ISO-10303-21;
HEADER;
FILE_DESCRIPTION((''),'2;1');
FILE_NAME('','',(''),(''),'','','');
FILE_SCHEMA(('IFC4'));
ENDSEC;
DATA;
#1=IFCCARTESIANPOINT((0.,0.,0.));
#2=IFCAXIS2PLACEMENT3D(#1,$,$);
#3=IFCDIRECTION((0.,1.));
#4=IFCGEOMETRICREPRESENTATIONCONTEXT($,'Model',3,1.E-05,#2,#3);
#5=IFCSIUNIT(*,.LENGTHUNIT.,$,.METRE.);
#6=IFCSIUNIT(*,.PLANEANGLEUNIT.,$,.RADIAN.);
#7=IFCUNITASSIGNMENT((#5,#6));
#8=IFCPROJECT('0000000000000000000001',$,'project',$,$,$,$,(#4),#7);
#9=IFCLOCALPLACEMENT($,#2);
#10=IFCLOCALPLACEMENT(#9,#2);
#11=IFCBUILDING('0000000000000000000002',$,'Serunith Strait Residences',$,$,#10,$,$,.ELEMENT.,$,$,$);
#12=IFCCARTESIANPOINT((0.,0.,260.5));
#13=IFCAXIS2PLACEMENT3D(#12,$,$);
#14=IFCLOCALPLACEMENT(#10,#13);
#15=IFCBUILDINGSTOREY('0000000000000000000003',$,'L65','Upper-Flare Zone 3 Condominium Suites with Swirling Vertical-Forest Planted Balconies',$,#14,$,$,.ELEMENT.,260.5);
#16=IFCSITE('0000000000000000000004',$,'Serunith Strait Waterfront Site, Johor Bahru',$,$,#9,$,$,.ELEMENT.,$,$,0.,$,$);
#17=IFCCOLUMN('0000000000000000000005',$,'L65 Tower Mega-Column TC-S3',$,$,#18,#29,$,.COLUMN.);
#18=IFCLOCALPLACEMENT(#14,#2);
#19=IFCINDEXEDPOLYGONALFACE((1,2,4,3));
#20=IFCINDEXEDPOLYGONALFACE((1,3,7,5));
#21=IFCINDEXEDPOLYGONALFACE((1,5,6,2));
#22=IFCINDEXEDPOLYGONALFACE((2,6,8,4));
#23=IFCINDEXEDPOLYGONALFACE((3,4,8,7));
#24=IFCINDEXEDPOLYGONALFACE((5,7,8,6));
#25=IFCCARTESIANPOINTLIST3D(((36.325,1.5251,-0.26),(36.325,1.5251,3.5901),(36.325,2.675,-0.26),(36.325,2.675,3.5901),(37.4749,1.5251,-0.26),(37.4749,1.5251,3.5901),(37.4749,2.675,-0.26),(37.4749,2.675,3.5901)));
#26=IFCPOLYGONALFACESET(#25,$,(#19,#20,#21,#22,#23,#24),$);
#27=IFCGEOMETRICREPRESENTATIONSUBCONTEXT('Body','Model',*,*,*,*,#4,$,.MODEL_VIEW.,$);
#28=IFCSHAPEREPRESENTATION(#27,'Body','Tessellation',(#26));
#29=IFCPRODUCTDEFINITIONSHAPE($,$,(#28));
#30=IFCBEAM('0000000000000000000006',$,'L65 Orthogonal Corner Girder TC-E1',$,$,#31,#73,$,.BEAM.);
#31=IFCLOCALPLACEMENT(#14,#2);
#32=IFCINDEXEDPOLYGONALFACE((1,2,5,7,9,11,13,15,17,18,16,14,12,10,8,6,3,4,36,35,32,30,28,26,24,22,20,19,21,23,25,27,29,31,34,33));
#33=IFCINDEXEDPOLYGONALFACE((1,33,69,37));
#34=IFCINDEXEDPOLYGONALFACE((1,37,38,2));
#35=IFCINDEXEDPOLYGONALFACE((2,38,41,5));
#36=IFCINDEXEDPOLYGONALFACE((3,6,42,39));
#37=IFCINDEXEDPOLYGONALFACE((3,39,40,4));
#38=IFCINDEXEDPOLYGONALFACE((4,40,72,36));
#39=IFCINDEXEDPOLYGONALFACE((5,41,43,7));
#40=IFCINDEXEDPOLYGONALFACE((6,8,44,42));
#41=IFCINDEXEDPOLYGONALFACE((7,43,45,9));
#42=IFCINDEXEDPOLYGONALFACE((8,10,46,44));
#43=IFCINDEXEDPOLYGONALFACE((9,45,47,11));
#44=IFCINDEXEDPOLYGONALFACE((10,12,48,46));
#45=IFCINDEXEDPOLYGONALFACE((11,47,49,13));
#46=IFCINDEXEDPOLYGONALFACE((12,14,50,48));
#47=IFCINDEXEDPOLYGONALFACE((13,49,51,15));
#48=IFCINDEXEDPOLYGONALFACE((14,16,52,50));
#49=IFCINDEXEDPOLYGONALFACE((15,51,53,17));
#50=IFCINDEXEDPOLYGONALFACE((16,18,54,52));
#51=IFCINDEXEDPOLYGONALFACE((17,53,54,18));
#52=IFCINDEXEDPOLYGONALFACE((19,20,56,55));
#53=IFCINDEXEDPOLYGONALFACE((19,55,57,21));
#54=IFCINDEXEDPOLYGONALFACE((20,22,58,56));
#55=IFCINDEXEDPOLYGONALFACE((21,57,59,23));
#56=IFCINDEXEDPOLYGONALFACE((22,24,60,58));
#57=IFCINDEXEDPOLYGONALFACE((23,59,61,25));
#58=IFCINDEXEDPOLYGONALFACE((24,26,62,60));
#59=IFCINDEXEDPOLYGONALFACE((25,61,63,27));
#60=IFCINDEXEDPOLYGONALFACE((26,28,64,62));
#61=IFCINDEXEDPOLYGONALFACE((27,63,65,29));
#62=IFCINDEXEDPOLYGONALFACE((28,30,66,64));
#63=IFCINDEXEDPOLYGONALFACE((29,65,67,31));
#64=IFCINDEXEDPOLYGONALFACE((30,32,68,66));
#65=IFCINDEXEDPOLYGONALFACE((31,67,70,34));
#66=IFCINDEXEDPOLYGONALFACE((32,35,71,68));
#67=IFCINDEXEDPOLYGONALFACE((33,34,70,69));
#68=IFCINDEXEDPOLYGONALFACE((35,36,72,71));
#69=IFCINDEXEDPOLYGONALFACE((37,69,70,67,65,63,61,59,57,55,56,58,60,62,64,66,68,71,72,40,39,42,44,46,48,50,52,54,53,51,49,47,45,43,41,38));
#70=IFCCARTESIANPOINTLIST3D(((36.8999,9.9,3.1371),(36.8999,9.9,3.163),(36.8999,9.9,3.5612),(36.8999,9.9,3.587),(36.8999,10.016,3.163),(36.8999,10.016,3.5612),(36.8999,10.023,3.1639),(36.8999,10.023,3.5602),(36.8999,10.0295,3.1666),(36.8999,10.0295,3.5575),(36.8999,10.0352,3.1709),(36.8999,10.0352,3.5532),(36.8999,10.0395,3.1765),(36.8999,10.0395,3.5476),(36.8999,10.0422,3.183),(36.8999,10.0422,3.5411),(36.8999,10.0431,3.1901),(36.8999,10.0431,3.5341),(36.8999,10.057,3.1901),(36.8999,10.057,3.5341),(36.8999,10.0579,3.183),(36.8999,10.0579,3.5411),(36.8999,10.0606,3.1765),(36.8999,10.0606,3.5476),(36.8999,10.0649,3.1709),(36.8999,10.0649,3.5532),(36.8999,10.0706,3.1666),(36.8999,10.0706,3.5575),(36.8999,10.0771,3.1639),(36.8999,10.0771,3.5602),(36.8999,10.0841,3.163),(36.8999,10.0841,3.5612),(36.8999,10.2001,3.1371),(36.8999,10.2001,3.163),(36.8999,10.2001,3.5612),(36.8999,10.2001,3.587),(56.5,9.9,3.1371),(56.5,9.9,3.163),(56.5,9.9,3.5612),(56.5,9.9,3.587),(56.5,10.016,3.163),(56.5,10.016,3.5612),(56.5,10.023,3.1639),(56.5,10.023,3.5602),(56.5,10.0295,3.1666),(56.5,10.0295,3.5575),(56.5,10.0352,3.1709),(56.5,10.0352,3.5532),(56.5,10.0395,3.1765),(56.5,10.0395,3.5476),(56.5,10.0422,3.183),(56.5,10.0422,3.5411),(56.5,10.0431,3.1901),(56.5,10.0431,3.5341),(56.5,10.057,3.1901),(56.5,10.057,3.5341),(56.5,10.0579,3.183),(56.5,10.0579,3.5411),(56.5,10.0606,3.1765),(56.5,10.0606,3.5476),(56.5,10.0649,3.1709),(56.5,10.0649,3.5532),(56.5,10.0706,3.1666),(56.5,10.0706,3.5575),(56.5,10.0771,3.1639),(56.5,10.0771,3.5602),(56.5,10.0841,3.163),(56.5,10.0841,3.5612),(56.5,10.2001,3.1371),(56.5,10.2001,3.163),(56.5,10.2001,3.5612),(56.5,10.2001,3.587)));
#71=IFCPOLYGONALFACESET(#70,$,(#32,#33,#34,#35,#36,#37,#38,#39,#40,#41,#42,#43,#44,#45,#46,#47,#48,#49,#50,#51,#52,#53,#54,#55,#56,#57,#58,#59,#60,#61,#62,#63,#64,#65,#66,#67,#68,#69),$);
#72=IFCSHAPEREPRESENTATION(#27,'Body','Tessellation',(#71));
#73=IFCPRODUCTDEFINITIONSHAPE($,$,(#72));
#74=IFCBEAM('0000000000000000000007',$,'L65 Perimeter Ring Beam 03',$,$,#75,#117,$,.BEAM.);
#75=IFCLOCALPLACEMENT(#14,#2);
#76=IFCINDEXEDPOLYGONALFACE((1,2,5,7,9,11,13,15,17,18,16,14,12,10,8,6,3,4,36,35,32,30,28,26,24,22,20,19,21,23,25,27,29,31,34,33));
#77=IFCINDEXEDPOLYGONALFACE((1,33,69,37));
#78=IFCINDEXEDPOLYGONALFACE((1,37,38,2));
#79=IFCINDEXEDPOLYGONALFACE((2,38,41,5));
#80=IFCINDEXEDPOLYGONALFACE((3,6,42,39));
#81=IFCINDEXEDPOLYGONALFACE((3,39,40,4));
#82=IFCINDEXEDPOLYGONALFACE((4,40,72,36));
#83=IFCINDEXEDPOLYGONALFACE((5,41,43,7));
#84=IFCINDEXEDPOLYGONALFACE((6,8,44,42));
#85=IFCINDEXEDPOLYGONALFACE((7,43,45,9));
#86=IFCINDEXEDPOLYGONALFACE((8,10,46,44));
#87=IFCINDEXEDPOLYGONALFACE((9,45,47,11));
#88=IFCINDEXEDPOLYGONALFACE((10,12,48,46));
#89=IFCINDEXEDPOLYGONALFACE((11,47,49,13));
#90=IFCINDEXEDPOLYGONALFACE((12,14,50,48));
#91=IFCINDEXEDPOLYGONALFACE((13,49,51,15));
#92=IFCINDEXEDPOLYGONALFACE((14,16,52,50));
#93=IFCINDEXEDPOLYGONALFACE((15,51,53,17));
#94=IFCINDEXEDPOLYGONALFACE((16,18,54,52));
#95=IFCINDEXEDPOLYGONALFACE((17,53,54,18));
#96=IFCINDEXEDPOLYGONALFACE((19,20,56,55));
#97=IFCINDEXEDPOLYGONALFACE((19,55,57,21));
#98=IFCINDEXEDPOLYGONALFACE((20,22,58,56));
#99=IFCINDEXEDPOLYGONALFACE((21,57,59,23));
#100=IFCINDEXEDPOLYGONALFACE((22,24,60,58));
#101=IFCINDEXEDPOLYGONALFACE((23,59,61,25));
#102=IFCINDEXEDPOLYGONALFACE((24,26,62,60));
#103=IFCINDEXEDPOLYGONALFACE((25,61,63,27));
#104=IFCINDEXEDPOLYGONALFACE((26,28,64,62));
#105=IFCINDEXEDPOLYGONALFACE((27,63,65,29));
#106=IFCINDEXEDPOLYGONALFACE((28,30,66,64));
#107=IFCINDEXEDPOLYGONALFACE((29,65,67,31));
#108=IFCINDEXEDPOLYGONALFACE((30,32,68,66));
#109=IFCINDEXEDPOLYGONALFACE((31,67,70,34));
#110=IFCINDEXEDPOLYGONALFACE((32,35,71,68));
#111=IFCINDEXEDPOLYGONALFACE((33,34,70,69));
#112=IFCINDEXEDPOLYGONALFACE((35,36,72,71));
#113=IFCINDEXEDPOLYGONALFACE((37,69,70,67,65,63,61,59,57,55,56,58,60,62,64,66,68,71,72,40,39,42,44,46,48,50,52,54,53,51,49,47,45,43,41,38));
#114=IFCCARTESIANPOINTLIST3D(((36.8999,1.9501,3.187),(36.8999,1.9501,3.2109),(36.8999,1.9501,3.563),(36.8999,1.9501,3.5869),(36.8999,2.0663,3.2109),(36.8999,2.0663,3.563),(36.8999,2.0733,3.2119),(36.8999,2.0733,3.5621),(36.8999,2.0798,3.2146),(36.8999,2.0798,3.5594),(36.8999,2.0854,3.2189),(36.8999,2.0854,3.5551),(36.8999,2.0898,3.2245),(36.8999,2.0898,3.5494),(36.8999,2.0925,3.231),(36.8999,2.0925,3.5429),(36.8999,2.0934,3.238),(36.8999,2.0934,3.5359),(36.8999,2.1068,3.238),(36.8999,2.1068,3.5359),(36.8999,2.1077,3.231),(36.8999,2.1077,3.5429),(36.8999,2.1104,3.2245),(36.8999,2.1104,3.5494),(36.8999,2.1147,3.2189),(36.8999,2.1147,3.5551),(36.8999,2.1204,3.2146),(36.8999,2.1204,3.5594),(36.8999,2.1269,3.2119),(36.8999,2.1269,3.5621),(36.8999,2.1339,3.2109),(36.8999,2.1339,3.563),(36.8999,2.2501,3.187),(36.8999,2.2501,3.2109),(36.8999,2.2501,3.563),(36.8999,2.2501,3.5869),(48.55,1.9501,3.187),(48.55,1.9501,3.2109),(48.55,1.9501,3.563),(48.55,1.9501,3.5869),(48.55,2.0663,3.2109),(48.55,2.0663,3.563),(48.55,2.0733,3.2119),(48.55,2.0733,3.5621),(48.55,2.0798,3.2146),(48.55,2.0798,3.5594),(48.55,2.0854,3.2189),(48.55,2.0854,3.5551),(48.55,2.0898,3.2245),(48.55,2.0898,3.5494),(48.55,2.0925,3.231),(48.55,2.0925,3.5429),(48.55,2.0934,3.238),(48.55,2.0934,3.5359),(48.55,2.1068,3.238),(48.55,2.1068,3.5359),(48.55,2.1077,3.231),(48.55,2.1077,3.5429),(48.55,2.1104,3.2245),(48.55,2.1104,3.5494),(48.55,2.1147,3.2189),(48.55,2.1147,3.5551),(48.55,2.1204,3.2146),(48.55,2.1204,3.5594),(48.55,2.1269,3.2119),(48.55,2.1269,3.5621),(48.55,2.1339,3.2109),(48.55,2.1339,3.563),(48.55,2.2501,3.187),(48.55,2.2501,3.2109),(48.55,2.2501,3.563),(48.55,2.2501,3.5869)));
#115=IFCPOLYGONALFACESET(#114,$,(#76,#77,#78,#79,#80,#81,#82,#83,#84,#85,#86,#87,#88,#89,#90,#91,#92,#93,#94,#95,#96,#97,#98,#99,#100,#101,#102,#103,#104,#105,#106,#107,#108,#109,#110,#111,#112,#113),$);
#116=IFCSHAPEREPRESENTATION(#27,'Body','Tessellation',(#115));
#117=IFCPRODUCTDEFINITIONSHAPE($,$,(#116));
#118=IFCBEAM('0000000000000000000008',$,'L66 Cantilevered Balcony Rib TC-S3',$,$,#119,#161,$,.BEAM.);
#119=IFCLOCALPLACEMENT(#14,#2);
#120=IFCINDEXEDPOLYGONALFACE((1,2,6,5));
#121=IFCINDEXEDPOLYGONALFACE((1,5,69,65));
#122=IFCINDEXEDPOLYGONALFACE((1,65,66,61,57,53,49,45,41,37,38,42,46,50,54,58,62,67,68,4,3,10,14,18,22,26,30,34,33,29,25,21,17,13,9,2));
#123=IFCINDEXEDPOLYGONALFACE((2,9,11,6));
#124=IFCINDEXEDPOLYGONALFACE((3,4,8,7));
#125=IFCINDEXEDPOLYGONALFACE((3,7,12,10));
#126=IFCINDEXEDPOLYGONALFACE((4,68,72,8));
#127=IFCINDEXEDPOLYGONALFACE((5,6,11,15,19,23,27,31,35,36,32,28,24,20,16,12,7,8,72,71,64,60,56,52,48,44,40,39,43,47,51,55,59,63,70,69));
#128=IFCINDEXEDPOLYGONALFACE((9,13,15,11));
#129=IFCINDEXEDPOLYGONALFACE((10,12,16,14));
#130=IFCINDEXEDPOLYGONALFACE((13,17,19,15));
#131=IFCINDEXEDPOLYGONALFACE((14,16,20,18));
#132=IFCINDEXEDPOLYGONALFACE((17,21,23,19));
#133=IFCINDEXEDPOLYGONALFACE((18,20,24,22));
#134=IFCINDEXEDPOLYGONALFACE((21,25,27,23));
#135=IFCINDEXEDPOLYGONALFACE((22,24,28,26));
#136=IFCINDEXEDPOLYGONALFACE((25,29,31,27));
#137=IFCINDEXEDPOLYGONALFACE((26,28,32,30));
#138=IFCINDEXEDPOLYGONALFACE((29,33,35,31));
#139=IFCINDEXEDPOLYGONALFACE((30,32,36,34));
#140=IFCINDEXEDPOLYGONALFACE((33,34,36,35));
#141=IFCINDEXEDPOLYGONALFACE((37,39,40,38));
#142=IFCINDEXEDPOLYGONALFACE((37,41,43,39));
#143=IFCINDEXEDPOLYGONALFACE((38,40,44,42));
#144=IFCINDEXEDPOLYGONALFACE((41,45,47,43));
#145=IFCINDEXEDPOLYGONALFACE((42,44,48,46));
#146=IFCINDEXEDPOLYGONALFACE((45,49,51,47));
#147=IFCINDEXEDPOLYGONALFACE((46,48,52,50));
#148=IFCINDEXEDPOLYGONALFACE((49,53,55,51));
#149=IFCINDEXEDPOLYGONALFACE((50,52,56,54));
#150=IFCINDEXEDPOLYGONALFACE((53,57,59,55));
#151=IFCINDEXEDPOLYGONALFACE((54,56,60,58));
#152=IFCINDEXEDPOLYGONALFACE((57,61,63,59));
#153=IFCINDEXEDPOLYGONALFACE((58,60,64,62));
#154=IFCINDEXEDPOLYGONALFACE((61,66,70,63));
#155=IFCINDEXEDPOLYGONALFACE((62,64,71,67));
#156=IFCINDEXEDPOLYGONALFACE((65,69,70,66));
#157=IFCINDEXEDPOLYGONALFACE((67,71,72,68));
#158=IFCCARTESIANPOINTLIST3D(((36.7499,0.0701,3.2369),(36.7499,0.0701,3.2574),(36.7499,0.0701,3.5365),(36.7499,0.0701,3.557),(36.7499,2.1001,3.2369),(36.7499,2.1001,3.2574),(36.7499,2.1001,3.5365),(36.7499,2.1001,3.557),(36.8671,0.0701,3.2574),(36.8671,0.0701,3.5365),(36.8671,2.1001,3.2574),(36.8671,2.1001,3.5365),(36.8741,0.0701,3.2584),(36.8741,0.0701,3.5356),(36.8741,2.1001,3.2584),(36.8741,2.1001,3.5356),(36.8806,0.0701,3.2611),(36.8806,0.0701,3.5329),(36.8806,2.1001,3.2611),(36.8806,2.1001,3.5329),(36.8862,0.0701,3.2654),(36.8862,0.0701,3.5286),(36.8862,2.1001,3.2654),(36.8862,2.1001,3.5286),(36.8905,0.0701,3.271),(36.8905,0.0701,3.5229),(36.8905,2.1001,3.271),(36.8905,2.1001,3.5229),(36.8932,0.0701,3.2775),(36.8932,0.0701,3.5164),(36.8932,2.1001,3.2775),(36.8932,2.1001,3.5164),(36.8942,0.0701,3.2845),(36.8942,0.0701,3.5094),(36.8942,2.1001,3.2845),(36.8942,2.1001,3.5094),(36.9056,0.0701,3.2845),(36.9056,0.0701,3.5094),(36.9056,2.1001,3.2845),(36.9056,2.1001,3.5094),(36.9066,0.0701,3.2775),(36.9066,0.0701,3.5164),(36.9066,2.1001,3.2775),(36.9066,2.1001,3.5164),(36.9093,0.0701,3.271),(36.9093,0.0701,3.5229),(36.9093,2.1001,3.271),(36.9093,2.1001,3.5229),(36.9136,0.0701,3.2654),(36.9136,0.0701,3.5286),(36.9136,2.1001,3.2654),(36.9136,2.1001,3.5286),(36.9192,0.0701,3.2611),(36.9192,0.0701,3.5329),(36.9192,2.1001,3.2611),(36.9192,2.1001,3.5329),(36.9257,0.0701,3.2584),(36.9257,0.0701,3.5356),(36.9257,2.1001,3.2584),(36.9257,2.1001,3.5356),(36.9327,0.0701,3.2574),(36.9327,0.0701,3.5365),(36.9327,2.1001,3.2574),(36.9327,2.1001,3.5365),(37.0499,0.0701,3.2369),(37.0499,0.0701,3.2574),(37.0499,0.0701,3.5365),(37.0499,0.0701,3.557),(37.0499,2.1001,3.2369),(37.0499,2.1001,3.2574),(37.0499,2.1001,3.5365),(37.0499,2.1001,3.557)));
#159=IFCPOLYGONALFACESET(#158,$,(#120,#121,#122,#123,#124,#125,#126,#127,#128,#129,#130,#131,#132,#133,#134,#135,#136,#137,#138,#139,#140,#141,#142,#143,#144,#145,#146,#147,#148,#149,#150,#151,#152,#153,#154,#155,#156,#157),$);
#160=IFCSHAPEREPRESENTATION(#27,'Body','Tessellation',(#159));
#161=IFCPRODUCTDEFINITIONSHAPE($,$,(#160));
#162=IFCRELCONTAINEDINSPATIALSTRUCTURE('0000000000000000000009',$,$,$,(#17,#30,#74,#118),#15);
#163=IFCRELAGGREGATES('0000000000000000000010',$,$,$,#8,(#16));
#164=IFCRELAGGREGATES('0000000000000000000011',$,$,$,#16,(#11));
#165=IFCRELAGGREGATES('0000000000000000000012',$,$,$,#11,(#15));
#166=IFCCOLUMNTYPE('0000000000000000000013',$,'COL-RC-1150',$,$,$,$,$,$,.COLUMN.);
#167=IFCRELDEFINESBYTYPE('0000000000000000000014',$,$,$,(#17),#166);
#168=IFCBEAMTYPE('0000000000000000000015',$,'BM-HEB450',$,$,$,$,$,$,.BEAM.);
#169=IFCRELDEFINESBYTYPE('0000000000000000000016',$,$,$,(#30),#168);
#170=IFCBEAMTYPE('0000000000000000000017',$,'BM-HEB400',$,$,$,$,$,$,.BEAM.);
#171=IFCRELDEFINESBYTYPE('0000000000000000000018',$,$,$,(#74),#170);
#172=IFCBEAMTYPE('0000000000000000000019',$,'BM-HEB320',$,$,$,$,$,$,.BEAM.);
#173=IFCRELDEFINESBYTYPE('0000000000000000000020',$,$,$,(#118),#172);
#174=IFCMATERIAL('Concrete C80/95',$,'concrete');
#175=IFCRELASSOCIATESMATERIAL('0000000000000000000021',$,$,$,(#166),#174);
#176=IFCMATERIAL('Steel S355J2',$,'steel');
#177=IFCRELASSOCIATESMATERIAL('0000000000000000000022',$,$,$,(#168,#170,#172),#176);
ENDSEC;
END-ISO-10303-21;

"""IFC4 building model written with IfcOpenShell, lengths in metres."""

from ifc_helpers import new_model, si_unit, direction, frame, origin, origin_2d, place, context, subcontext, project, spatial, rectangle, i_section, extrude, source, transform, mapped, material, material_profile, profile_set, type_object, element, save


model = new_model("IFC4")

# Units and contexts
model_context = context("Model", 3, precision=1e-05, world=origin(), true_north=direction((0.0, 1.0)))
body_context = subcontext(model_context, "Body", "Model", "MODEL_VIEW")
ifc_project = project(units=[si_unit("LENGTHUNIT", "METRE"), si_unit("PLANEANGLEUNIT", "RADIAN")], contexts=[model_context])

# Site, building, storey
site_placement = place(None, origin())
site = spatial("IfcSite", under=ifc_project, at=site_placement, Name="Serunith Strait Waterfront Site, Johor Bahru", CompositionType="ELEMENT", RefElevation=0.0)
building_placement = place(site_placement, origin())
building = spatial("IfcBuilding", under=site, at=building_placement, Name="Serunith Strait Residences", CompositionType="ELEMENT")
storey_placement = place(building_placement, frame((0.0, 0.0, 260.5)))
storey = spatial("IfcBuildingStorey", under=building, at=storey_placement, Name="L65", Description="Upper-Flare Zone 3 Condominium Suites with Swirling Vertical-Forest Planted Balconies", CompositionType="ELEMENT", Elevation=260.5)

# Column
ifc_material_1 = material(Name="Concrete C80/95", Category="concrete")
ifc_material_profile_1 = material_profile(ifc_material_1, rectangle(XDim=1.1499, YDim=1.1499, at=origin_2d()), Name="RC 1150x1150")
ifc_profile_set_1 = profile_set([ifc_material_profile_1], Name="Concrete C80/95")
column_type = type_object("IfcColumnType", Name="COL-RC-1150", PredefinedType="COLUMN", material=ifc_profile_set_1)
shared_shape_1 = source(origin(), body_context, "Body", "SweptSolid", [
    extrude(rectangle(XDim=1.1499, YDim=1.1499, at=origin_2d()), origin(), (0.0, 0.0, 1.0), 3.8501),
])
column_placement = place(storey_placement, frame((36.8999, 2.1001, -0.26), z_axis=(0.0, 0.0, 1.0), x_axis=(1.0, 0.0, 0.0)))
element("IfcColumn", 1, at=column_placement, inside=storey, type_object=column_type, Name="L65 Tower Mega-Column TC-S3", PredefinedType="COLUMN", context=body_context, shape_type="MappedRepresentation", body=[
    mapped(shared_shape_1, transform((0.0, 0.0, 0.0), scale=1.0)),
])

# Beams
ifc_material_2 = material(Name="Steel S355J2", Category="steel")
ifc_material_profile_2 = material_profile(ifc_material_2, i_section(OverallWidth=0.3, OverallDepth=0.45, WebThickness=0.0139, FlangeThickness=0.0259, FilletRadius=0.0271, at=origin_2d()), Name="HEB 450")
ifc_profile_set_2 = profile_set([ifc_material_profile_2], Name="Steel S355J2")
beam_type_1 = type_object("IfcBeamType", Name="BM-HEB450", PredefinedType="BEAM", material=ifc_profile_set_2)
shared_shape_2 = source(origin(), body_context, "Body", "SweptSolid", [
    extrude(i_section(OverallWidth=0.3, OverallDepth=0.45, WebThickness=0.0139, FlangeThickness=0.0259, FilletRadius=0.0271, at=origin_2d()), origin(), (0.0, 0.0, 1.0), 19.6001),
])
beam_1_placement = place(storey_placement, frame((36.8999, 10.05, 3.3621), z_axis=(1.0, 0.0, 0.0), x_axis=(0.0, 1.0, 0.0)))
element("IfcBeam", 2, at=beam_1_placement, inside=storey, type_object=beam_type_1, Name="L65 Orthogonal Corner Girder TC-E1", PredefinedType="BEAM", context=body_context, shape_type="MappedRepresentation", body=[
    mapped(shared_shape_2, transform((0.0, 0.0, 0.0), scale=1.0)),
])
ifc_material_profile_3 = material_profile(ifc_material_2, i_section(OverallWidth=0.3, OverallDepth=0.3999, WebThickness=0.0134, FlangeThickness=0.0239, FilletRadius=0.0271, at=origin_2d()), Name="HEB 400")
ifc_profile_set_3 = profile_set([ifc_material_profile_3], Name="Steel S355J2")
beam_type_2 = type_object("IfcBeamType", Name="BM-HEB400", PredefinedType="BEAM", material=ifc_profile_set_3)
shared_shape_3 = source(origin(), body_context, "Body", "SweptSolid", [
    extrude(i_section(OverallWidth=0.3, OverallDepth=0.3999, WebThickness=0.0134, FlangeThickness=0.0239, FilletRadius=0.0271, at=origin_2d()), origin(), (0.0, 0.0, 1.0), 11.6501),
])
beam_2_placement = place(storey_placement, frame((36.8999, 2.1001, 3.387), z_axis=(1.0, 0.0, 0.0), x_axis=(0.0, 1.0, 0.0)))
element("IfcBeam", 3, at=beam_2_placement, inside=storey, type_object=beam_type_2, Name="L65 Perimeter Ring Beam 03", PredefinedType="BEAM", context=body_context, shape_type="MappedRepresentation", body=[
    mapped(shared_shape_3, transform((0.0, 0.0, 0.0), scale=1.0)),
])
ifc_material_profile_4 = material_profile(ifc_material_2, i_section(OverallWidth=0.3, OverallDepth=0.3201, WebThickness=0.0115, FlangeThickness=0.0205, FilletRadius=0.0271, at=origin_2d()), Name="HEB 320")
ifc_profile_set_4 = profile_set([ifc_material_profile_4], Name="Steel S355J2")
beam_type_3 = type_object("IfcBeamType", Name="BM-HEB320", PredefinedType="BEAM", material=ifc_profile_set_4)
shared_shape_4 = source(origin(), body_context, "Body", "SweptSolid", [
    extrude(i_section(OverallWidth=0.3, OverallDepth=0.3201, WebThickness=0.0115, FlangeThickness=0.0205, FilletRadius=0.0271, at=origin_2d()), origin(), (0.0, 0.0, 1.0), 2.03),
])
beam_3_placement = place(storey_placement, frame((36.8999, 2.1001, 3.397), z_axis=(0.0, -1.0, 0.0), x_axis=(1.0, 0.0, 0.0)))
element("IfcBeam", 4, at=beam_3_placement, inside=storey, type_object=beam_type_3, Name="L66 Cantilevered Balcony Rib TC-S3", PredefinedType="BEAM", context=body_context, shape_type="MappedRepresentation", body=[
    mapped(shared_shape_4, transform((0.0, 0.0, 0.0), scale=1.0)),
])

save(model, "model.ifc")
